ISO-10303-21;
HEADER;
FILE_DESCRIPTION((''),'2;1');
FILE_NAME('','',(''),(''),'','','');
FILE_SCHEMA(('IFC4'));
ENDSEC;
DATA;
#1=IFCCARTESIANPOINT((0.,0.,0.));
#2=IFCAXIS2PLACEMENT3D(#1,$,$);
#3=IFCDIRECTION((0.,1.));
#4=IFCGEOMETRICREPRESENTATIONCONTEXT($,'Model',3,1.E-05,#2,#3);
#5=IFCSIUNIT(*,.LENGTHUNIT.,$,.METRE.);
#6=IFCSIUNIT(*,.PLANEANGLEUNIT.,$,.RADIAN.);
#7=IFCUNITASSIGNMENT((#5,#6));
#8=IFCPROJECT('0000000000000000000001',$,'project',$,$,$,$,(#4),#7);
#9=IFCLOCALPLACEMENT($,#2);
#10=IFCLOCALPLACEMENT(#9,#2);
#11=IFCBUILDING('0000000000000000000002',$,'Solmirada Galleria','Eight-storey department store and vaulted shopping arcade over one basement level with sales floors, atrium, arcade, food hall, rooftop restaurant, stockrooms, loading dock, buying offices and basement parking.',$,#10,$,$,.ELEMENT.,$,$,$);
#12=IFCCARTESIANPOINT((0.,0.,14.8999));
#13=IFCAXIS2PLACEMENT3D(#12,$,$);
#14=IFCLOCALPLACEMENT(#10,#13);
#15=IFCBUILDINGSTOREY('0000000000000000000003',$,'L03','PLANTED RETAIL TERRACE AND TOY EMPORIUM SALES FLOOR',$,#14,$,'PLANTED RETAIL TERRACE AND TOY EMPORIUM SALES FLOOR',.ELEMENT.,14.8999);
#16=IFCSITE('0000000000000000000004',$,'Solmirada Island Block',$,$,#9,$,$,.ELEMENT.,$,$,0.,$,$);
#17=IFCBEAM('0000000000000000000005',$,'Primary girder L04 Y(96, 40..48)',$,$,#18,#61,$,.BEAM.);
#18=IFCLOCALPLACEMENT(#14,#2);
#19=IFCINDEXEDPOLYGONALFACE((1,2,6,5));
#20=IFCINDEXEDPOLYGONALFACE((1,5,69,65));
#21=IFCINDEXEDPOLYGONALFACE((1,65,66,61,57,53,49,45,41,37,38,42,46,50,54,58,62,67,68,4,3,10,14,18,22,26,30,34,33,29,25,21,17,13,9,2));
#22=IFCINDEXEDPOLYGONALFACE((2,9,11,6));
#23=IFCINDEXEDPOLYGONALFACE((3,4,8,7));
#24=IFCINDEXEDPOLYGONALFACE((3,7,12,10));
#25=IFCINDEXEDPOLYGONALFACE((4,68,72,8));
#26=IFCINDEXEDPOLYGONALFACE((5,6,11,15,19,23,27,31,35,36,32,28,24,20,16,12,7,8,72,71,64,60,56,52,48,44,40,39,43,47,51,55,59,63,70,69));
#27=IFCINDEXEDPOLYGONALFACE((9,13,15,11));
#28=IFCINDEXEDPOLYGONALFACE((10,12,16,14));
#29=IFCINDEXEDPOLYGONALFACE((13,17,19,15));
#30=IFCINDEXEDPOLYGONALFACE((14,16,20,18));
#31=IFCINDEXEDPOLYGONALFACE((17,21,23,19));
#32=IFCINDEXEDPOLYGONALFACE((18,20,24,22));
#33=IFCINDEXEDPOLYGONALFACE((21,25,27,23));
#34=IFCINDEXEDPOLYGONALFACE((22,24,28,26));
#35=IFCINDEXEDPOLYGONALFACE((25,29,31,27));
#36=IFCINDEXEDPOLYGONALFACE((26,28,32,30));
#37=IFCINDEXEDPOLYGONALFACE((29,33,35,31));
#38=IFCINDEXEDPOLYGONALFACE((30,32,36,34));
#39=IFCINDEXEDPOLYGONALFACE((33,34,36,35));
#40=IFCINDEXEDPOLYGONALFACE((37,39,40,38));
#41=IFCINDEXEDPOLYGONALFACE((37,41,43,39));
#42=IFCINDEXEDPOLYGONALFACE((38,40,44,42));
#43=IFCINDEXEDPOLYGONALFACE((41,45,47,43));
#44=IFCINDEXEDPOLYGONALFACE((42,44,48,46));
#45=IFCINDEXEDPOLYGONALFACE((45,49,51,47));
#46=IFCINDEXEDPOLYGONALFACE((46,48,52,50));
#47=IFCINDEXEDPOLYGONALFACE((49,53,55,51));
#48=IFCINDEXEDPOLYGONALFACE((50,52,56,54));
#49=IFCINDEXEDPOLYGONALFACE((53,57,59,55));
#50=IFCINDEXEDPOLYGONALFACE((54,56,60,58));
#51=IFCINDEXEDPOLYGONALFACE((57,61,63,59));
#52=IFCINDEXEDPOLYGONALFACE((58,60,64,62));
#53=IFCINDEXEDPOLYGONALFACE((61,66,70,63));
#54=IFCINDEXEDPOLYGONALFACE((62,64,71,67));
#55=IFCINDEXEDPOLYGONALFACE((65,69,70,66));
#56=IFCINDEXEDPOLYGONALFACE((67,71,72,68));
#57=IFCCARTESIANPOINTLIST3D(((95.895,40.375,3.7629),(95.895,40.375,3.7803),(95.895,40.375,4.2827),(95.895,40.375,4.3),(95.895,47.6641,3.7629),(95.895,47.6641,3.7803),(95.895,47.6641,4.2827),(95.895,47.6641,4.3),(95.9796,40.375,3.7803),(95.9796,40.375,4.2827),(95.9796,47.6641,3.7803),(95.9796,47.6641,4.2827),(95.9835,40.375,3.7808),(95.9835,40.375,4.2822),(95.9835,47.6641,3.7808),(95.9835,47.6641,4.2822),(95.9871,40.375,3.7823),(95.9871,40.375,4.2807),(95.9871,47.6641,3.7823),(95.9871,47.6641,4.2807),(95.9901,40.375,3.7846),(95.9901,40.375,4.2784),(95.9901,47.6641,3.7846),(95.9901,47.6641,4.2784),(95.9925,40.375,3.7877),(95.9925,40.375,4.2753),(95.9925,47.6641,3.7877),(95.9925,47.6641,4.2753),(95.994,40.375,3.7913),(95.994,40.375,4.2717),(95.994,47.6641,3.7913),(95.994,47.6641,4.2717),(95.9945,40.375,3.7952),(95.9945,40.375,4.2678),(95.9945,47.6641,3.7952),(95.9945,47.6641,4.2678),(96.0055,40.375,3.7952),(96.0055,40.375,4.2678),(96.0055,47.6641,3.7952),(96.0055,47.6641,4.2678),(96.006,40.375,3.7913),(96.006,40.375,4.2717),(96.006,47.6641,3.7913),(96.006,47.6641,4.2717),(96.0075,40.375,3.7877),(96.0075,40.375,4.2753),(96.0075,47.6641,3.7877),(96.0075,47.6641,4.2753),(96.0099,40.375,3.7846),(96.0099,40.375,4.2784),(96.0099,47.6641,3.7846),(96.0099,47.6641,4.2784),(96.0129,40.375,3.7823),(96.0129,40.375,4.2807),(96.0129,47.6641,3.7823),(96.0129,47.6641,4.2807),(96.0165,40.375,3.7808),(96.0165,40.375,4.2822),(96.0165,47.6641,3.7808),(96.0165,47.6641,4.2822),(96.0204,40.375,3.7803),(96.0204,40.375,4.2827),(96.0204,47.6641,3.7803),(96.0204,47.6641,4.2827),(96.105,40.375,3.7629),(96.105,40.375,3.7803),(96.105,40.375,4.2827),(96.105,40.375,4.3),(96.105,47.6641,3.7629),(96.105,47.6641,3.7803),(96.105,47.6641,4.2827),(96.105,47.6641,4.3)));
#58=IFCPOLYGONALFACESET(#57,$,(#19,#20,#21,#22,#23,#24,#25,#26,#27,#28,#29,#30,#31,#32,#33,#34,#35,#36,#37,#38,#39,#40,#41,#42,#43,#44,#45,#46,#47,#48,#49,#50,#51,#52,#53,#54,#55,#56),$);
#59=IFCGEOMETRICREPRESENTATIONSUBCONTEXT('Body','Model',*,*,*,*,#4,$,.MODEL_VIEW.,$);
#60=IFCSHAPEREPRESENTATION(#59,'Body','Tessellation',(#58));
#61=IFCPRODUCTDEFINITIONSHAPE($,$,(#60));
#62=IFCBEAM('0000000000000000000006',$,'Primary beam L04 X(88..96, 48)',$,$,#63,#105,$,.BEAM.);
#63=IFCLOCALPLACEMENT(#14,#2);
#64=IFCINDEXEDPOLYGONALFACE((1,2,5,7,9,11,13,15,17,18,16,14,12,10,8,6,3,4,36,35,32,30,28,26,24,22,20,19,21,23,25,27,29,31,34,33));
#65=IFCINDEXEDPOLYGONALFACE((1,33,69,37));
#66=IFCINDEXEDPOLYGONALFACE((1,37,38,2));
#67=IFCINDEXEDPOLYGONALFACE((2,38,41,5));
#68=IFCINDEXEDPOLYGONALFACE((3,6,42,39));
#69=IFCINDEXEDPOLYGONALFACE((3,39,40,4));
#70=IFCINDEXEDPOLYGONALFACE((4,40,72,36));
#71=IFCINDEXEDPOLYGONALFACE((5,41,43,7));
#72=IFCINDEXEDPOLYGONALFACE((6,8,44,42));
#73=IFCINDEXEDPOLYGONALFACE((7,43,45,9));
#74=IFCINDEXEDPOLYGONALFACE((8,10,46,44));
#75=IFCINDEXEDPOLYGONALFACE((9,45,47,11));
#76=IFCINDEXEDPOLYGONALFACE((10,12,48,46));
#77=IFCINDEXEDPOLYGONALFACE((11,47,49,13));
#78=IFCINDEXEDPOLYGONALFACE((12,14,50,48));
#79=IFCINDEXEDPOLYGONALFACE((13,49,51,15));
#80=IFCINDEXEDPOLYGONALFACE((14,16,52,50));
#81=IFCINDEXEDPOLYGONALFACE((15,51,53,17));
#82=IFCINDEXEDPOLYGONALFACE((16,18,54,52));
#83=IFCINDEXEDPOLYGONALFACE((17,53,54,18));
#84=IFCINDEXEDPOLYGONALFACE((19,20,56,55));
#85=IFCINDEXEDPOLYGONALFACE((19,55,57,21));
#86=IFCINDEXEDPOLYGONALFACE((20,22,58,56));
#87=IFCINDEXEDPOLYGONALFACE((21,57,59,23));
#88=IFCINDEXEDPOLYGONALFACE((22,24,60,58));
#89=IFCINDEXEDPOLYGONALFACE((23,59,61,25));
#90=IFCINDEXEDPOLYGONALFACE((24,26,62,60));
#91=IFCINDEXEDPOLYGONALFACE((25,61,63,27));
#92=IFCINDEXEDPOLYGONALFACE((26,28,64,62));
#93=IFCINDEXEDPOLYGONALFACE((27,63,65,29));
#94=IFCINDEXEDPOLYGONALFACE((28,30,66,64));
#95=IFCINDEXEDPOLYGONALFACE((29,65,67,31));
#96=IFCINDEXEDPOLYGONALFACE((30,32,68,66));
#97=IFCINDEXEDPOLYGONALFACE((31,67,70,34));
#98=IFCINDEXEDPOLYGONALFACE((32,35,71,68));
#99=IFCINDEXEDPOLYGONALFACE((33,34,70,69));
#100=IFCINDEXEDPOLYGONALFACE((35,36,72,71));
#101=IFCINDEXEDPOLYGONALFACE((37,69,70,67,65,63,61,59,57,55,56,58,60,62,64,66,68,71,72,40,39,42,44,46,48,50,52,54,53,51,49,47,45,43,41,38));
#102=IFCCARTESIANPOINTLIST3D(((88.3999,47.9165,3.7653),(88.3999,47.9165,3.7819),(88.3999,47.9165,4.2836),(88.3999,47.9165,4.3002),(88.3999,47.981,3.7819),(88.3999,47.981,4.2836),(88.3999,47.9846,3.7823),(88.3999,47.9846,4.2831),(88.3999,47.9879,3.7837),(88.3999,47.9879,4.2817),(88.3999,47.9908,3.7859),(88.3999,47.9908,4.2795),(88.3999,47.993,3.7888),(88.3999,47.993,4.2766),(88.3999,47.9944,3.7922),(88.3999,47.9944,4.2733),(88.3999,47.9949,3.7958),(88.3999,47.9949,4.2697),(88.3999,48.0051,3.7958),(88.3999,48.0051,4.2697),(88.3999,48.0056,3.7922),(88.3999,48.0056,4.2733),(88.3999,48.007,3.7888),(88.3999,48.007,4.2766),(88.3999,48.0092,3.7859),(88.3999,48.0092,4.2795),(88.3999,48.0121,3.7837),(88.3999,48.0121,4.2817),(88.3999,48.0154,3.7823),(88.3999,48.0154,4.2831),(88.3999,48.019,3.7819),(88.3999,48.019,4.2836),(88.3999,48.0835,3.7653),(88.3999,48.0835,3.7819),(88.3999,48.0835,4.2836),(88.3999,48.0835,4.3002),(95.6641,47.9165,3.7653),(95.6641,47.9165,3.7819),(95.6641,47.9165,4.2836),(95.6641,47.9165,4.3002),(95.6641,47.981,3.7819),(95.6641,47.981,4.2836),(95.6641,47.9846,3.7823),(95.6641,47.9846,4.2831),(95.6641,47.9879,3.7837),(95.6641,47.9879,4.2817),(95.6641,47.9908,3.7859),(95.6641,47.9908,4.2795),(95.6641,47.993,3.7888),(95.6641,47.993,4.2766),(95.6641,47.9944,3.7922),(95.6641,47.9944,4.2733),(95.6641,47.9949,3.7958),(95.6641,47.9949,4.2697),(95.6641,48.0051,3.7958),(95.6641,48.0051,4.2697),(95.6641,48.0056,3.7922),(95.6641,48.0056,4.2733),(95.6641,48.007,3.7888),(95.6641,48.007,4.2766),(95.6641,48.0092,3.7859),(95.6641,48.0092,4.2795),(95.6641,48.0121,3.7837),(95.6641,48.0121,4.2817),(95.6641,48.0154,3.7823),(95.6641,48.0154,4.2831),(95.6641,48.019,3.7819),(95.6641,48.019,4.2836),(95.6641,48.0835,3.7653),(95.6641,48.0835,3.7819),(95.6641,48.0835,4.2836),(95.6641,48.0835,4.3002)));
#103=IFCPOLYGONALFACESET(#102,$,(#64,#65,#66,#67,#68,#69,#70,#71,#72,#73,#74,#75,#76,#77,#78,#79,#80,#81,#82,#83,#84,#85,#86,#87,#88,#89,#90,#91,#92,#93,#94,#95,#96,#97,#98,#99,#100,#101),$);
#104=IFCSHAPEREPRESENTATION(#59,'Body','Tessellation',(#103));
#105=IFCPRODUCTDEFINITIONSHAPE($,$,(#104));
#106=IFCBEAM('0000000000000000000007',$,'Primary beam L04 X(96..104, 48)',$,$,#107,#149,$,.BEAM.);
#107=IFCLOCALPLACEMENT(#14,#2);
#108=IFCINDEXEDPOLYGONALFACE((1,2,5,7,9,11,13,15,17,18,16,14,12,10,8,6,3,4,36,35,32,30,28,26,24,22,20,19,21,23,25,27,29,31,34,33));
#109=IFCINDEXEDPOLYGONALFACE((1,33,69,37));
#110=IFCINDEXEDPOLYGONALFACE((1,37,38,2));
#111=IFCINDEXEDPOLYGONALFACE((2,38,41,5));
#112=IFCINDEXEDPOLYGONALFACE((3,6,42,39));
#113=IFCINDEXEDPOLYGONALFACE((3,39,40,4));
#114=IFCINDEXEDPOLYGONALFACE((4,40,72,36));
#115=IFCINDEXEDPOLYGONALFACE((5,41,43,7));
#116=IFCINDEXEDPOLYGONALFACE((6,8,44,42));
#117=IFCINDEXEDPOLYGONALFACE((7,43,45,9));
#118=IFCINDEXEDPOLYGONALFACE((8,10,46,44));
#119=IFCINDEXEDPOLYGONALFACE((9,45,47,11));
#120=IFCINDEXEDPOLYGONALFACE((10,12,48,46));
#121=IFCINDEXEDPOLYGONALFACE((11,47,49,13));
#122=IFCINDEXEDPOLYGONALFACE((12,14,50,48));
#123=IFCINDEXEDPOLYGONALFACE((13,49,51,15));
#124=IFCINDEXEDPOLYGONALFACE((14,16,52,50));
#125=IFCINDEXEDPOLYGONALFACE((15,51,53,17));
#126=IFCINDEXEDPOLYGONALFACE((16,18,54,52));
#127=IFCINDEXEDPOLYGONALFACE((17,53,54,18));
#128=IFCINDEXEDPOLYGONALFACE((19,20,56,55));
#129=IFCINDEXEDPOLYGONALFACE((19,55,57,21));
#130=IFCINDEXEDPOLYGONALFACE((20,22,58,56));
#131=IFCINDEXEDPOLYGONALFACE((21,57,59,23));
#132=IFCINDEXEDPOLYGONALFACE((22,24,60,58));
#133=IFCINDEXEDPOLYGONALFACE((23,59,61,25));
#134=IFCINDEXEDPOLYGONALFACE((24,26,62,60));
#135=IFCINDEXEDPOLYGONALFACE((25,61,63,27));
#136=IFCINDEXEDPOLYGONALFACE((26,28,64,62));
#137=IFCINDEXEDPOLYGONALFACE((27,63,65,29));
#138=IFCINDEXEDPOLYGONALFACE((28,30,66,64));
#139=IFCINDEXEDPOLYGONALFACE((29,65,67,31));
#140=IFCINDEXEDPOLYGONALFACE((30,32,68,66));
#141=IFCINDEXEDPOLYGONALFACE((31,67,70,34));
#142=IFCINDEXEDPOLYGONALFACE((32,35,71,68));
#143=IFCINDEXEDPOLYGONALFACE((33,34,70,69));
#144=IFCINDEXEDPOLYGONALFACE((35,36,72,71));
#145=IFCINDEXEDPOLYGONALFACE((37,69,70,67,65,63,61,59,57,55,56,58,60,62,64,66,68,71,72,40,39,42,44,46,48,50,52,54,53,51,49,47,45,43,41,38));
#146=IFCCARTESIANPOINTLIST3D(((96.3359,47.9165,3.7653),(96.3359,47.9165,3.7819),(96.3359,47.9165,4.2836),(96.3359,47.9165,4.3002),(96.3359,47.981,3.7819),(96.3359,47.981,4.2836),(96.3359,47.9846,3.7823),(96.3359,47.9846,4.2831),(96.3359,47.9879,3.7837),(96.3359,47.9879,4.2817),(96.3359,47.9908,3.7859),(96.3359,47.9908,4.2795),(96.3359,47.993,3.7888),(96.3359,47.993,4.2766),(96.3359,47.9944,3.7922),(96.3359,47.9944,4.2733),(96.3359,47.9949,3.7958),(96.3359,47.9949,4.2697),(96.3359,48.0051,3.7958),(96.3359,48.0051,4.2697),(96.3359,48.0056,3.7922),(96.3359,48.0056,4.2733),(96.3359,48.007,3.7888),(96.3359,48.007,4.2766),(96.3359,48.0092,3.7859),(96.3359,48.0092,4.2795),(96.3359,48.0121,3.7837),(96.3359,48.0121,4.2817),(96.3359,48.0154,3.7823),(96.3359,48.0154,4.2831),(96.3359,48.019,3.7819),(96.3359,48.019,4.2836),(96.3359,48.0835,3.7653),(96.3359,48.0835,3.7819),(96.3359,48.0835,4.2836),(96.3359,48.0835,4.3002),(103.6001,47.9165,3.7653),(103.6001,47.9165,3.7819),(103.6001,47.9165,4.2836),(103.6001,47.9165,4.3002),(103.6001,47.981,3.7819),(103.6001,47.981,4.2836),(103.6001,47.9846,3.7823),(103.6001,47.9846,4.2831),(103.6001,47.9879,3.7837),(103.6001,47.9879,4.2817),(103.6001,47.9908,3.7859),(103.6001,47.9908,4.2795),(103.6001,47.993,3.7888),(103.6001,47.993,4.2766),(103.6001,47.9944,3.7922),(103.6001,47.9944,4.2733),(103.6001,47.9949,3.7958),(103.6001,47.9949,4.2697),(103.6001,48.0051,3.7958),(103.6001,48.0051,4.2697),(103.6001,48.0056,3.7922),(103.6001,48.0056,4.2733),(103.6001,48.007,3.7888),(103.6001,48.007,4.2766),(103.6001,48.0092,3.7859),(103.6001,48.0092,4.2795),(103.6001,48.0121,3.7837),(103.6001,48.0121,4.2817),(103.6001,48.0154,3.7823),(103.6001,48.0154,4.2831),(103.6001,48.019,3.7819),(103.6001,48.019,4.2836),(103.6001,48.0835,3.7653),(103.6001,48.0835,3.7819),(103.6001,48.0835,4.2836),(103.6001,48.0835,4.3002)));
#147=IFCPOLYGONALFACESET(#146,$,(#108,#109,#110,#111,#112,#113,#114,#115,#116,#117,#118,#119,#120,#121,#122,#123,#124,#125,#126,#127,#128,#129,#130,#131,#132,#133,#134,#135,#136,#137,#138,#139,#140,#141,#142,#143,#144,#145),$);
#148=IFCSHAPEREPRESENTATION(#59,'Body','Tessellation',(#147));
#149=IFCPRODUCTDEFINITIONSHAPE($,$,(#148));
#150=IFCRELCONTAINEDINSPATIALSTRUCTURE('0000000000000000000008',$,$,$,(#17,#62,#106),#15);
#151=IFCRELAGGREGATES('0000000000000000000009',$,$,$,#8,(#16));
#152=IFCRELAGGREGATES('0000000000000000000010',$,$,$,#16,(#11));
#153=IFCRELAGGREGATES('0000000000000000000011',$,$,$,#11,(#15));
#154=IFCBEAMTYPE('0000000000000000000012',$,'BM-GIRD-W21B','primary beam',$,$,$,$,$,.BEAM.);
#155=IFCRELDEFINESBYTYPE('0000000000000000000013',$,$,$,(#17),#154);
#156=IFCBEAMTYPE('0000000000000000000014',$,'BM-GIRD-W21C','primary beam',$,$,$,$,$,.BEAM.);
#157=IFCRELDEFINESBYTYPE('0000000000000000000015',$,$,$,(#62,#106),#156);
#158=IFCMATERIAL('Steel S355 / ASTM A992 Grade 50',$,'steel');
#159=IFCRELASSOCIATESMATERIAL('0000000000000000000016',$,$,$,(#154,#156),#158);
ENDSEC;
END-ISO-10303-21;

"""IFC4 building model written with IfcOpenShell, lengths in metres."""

from ifc_helpers import new_model, si_unit, direction, frame, origin, origin_2d, place, context, subcontext, project, spatial, i_section, extrude, material, material_profile, profile_set, type_object, element, save


model = new_model("IFC4")

# Units and contexts
model_context = context("Model", 3, precision=1e-05, world=origin(), true_north=direction((0.0, 1.0)))
body_context = subcontext(model_context, "Body", "Model", "MODEL_VIEW")
ifc_project = project(units=[si_unit("LENGTHUNIT", "METRE"), si_unit("PLANEANGLEUNIT", "RADIAN")], contexts=[model_context])

# Site, building, storey
site_placement = place(None, origin())
site = spatial("IfcSite", under=ifc_project, at=site_placement, Name="Solmirada Island Block", CompositionType="ELEMENT", RefElevation=0.0)
building_placement = place(site_placement, origin())
building = spatial("IfcBuilding", under=site, at=building_placement, Name="Solmirada Galleria", Description="Eight-storey department store and vaulted shopping arcade over one basement level with sales floors, atrium, arcade, food hall, rooftop restaurant, stockrooms, loading dock, buying offices and basement parking.", CompositionType="ELEMENT")
storey_placement = place(building_placement, frame((0.0, 0.0, 14.8999)))
storey = spatial("IfcBuildingStorey", under=building, at=storey_placement, Name="L03", Description="PLANTED RETAIL TERRACE AND TOY EMPORIUM SALES FLOOR", LongName="PLANTED RETAIL TERRACE AND TOY EMPORIUM SALES FLOOR", CompositionType="ELEMENT", Elevation=14.8999)

# Beams
ifc_material_1 = material(Name="Steel S355 / ASTM A992 Grade 50", Category="steel")
ifc_material_profile_1 = material_profile(ifc_material_1, i_section(OverallWidth=0.21, OverallDepth=0.5371, WebThickness=0.011, FlangeThickness=0.0173, FilletRadius=0.0149, at=origin_2d()), Name="W21X68")
ifc_profile_set_1 = profile_set([ifc_material_profile_1], Name="Steel S355 / ASTM A992 Grade 50")
beam_type_1 = type_object("IfcBeamType", Name="BM-GIRD-W21B", Description="primary beam", PredefinedType="BEAM", material=ifc_profile_set_1)
beam_1_placement = place(storey_placement, frame((96.0, 40.375, 4.0315), z_axis=(0.0, 1.0, 0.0), x_axis=(-1.0, 0.0, 0.0)))
element("IfcBeam", 1, at=beam_1_placement, inside=storey, type_object=beam_type_1, Name="Primary girder L04 Y(96, 40..48)", PredefinedType="BEAM", context=body_context, shape_type="SweptSolid", body=[
    extrude(i_section(OverallWidth=0.21, OverallDepth=0.5371, WebThickness=0.011, FlangeThickness=0.0173, FilletRadius=0.0149, at=origin_2d()), origin(), (0.0, 0.0, 1.0), 7.2891),
])
ifc_material_profile_2 = material_profile(ifc_material_1, i_section(OverallWidth=0.167, OverallDepth=0.5349, WebThickness=0.0103, FlangeThickness=0.0166, FilletRadius=0.0139, at=origin_2d()), Name="W21X57")
ifc_profile_set_2 = profile_set([ifc_material_profile_2], Name="Steel S355 / ASTM A992 Grade 50")
beam_type_2 = type_object("IfcBeamType", Name="BM-GIRD-W21C", Description="primary beam", PredefinedType="BEAM", material=ifc_profile_set_2)
for number, where, z_axis, x_axis, name in (
    (2, (88.3999, 48.0, 4.0327), (1.0, 0.0, 0.0), (0.0, 1.0, 0.0), "Primary beam L04 X(88..96, 48)"),
    (3, (96.3359, 48.0, 4.0327), (1.0, 0.0, 0.0), (0.0, 1.0, 0.0), "Primary beam L04 X(96..104, 48)"),
):
    element("IfcBeam", number, at=place(storey_placement, frame(where, z_axis=z_axis, x_axis=x_axis)), inside=storey, type_object=beam_type_2, Name=name, PredefinedType="BEAM", context=body_context, shape_type="SweptSolid", body=[
        extrude(i_section(OverallWidth=0.167, OverallDepth=0.5349, WebThickness=0.0103, FlangeThickness=0.0166, FilletRadius=0.0139, at=origin_2d()), origin(), (0.0, 0.0, 1.0), 7.2642),
    ])

save(model, "model.ifc")
